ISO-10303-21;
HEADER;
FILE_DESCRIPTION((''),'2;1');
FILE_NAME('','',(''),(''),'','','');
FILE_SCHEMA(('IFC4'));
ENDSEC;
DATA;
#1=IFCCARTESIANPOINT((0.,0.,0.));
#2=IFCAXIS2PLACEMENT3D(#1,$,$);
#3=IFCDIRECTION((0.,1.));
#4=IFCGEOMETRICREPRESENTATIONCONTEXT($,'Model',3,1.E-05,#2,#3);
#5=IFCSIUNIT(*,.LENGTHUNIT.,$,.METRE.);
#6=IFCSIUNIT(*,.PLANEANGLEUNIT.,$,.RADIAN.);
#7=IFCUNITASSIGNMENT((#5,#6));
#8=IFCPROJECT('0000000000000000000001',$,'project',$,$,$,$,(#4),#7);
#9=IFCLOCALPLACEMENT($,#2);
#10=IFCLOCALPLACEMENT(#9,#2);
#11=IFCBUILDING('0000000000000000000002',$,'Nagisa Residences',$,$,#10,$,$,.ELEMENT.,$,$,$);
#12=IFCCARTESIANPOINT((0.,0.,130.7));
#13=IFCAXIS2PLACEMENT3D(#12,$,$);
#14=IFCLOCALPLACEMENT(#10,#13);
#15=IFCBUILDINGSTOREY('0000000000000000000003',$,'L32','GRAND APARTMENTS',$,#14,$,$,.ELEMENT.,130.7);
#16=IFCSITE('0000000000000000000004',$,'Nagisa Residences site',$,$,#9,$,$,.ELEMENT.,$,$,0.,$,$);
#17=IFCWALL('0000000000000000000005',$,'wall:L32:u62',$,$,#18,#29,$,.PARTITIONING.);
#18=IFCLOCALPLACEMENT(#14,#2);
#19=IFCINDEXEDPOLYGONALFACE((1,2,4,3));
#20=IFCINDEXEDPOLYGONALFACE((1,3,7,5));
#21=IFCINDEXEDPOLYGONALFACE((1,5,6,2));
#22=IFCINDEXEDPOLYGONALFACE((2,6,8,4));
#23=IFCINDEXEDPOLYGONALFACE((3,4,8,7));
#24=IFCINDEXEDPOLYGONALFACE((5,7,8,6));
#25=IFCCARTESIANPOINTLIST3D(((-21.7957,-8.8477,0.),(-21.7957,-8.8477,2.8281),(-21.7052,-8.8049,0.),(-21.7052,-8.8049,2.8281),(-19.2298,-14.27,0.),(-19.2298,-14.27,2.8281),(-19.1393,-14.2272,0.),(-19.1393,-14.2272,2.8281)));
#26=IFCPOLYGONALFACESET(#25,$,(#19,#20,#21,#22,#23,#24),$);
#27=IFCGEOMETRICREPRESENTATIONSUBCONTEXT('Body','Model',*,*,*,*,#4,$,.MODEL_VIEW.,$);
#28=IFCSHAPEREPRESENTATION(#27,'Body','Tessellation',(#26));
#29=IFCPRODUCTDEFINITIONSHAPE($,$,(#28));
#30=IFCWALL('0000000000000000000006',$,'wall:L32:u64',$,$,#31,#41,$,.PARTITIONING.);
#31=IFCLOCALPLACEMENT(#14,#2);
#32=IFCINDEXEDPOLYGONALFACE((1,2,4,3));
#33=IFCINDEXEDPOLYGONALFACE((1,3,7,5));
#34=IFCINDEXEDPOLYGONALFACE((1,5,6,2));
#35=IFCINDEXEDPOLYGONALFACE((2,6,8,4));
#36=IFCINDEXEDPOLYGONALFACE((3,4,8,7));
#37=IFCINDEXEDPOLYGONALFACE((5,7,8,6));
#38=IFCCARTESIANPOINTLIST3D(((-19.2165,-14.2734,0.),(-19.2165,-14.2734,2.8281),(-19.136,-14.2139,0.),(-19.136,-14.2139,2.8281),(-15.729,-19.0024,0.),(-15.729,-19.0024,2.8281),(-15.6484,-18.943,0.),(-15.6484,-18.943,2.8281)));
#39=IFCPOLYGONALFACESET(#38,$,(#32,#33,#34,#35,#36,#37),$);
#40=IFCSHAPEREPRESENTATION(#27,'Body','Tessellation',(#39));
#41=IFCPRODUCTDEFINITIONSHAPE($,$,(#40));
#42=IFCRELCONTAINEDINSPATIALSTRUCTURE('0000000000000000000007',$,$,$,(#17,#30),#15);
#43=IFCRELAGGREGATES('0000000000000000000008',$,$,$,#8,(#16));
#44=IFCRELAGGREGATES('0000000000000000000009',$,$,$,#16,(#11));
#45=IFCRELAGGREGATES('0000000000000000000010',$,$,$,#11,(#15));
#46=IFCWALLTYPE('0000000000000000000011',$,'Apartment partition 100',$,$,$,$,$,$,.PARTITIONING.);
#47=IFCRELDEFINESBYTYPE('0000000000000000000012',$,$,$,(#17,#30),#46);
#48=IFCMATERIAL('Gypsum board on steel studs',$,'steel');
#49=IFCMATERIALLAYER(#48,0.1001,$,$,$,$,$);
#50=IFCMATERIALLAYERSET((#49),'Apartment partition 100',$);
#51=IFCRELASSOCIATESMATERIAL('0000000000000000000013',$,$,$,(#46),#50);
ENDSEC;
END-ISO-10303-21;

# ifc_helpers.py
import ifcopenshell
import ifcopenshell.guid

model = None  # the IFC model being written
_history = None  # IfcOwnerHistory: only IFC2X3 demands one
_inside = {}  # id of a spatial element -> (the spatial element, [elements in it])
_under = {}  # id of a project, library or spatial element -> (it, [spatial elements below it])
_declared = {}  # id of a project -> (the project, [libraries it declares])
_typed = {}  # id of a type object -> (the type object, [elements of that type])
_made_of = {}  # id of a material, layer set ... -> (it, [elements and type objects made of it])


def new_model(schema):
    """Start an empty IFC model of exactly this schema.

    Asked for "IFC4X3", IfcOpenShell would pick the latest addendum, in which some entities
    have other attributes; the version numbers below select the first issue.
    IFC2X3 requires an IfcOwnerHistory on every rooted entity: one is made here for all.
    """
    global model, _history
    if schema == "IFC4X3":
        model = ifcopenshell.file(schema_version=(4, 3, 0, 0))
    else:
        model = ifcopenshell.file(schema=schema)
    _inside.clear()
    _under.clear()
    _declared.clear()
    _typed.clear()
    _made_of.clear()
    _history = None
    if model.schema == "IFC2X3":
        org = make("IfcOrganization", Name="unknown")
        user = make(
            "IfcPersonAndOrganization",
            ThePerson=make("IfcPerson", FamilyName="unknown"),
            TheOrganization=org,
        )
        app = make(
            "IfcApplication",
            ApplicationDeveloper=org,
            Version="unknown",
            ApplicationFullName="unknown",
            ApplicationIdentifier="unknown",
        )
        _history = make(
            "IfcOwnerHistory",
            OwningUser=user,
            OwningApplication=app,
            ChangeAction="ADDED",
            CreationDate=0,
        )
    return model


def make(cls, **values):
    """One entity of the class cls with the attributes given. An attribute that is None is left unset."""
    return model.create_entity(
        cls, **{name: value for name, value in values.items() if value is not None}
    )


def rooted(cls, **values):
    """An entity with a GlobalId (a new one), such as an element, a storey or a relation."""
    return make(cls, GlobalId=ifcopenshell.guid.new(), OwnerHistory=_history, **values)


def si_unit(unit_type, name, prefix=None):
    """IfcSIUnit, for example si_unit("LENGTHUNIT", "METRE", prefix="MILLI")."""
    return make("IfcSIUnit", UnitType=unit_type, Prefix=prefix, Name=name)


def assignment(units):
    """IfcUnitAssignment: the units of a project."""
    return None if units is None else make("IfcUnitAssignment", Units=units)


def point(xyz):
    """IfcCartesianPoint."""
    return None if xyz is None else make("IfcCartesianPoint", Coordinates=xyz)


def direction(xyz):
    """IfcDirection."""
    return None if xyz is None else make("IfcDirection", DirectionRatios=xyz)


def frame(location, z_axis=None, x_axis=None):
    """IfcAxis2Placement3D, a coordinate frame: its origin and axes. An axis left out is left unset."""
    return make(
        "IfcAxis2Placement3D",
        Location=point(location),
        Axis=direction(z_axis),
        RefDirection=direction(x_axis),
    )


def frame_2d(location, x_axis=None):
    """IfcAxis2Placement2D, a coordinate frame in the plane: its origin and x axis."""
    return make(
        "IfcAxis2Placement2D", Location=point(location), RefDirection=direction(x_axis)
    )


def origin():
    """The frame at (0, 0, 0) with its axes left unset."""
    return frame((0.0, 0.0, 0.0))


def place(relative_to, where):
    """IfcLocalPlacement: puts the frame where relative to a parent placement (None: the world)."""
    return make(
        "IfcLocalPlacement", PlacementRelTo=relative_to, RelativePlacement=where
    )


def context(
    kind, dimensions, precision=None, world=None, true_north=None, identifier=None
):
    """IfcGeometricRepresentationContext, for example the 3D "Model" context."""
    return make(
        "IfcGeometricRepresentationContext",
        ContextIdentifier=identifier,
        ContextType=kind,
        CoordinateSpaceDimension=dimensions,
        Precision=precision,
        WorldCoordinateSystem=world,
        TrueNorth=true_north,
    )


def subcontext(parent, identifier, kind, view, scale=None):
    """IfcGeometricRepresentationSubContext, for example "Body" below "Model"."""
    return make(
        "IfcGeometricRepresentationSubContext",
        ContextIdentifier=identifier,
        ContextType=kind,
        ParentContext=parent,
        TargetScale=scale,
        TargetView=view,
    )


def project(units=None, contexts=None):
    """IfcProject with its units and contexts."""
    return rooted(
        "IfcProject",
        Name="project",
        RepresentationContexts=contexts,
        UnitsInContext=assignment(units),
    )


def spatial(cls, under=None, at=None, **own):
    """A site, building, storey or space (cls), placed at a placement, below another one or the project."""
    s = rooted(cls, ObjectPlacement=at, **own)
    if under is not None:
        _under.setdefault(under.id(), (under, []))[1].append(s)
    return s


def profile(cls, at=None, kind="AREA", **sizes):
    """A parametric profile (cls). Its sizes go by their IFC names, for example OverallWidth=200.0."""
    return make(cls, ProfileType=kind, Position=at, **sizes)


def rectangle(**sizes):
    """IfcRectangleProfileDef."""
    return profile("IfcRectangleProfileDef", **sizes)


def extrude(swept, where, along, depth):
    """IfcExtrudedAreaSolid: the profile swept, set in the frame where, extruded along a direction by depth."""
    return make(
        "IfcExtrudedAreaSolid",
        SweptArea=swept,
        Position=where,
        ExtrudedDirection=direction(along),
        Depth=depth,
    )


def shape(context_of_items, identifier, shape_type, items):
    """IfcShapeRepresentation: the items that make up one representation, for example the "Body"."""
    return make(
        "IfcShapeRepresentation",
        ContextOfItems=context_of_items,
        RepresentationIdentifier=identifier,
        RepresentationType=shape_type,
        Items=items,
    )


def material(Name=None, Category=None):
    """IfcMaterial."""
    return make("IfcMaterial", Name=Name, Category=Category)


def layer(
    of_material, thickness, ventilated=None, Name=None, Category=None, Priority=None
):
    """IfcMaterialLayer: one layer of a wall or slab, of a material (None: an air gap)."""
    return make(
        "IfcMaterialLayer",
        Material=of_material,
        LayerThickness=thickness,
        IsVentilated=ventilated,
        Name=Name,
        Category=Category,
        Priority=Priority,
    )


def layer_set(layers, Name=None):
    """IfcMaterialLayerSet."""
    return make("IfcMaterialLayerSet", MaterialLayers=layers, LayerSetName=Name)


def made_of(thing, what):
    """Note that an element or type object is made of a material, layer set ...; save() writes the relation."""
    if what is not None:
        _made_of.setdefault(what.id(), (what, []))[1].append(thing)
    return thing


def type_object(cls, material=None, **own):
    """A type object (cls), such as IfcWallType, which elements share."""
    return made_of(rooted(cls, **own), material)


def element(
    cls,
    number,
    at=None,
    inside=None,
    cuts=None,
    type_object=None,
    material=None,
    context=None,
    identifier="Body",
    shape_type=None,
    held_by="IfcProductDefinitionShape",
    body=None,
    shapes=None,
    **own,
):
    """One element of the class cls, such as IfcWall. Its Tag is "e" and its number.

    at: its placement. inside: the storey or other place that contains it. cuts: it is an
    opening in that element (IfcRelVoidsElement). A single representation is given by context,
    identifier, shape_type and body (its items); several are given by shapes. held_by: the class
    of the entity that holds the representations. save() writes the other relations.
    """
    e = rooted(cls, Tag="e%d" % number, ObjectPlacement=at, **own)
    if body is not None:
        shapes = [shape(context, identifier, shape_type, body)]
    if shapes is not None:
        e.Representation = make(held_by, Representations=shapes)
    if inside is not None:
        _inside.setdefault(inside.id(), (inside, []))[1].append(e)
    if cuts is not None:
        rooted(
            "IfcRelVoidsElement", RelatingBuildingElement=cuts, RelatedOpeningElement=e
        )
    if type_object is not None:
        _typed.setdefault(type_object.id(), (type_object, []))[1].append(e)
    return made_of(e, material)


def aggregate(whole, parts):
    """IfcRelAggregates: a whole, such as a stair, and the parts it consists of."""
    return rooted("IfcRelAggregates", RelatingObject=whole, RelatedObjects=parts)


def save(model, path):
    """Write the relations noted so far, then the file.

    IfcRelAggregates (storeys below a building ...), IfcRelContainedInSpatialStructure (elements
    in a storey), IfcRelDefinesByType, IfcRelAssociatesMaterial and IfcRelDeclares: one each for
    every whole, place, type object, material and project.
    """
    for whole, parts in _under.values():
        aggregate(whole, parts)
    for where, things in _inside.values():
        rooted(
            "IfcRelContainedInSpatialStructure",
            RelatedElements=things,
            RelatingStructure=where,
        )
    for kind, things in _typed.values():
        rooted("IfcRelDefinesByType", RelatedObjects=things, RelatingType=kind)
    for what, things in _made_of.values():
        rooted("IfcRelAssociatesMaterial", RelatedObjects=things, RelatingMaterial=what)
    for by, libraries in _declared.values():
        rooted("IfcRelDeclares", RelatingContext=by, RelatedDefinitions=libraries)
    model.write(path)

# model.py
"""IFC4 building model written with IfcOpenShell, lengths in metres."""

from ifc_helpers import new_model, si_unit, direction, frame, frame_2d, origin, place, context, subcontext, project, spatial, rectangle, extrude, material, layer, layer_set, type_object, element, save


model = new_model("IFC4")

# Units and contexts
model_context = context("Model", 3, precision=1e-05, world=origin(), true_north=direction((0.0, 1.0)))
body_context = subcontext(model_context, "Body", "Model", "MODEL_VIEW")
ifc_project = project(units=[si_unit("LENGTHUNIT", "METRE"), si_unit("PLANEANGLEUNIT", "RADIAN")], contexts=[model_context])

# Site, building, storey
site_placement = place(None, origin())
site = spatial("IfcSite", under=ifc_project, at=site_placement, Name="Nagisa Residences site", CompositionType="ELEMENT", RefElevation=0.0)
building_placement = place(site_placement, origin())
building = spatial("IfcBuilding", under=site, at=building_placement, Name="Nagisa Residences", CompositionType="ELEMENT")
storey_placement = place(building_placement, frame((0.0, 0.0, 130.7)))
storey = spatial("IfcBuildingStorey", under=building, at=storey_placement, Name="L32", Description="GRAND APARTMENTS", CompositionType="ELEMENT", Elevation=130.7)

# Shared definitions
ifc_material_1 = material(Name="Gypsum board on steel studs", Category="steel")
ifc_layer_1 = layer(ifc_material_1, 0.1001)
ifc_layer_set_1 = layer_set([ifc_layer_1], Name="Apartment partition 100")
wall_type_1 = type_object("IfcWallType", Name="Apartment partition 100", PredefinedType="PARTITIONING", material=ifc_layer_set_1)

# Walls
wall_1_placement = place(storey_placement, frame((-21.7505, -8.8262, 0.0), z_axis=(0.0, 0.0, 1.0), x_axis=(0.427736, -0.903904, 0.0)))
element("IfcWall", 1, at=wall_1_placement, inside=storey, type_object=wall_type_1, Name="wall:L32:u62", PredefinedType="PARTITIONING", context=body_context, shape_type="SweptSolid", body=[
    extrude(rectangle(XDim=5.9988, YDim=0.1001, at=frame_2d((2.9995, 0.0))), origin(), (0.0, 0.0, 1.0), 2.8281),
])
wall_2_placement = place(storey_placement, frame((-19.1763, -14.2437, 0.0), z_axis=(0.0, 0.0, 1.0), x_axis=(0.593532, -0.80481, 0.0)))
element("IfcWall", 2, at=wall_2_placement, inside=storey, type_object=wall_type_1, Name="wall:L32:u64", PredefinedType="PARTITIONING", context=body_context, shape_type="SweptSolid", body=[
    extrude(rectangle(XDim=5.876, YDim=0.1001, at=frame_2d((2.938, 0.0))), origin(), (0.0, 0.0, 1.0), 2.8281),
])

save(model, "model.ifc")
